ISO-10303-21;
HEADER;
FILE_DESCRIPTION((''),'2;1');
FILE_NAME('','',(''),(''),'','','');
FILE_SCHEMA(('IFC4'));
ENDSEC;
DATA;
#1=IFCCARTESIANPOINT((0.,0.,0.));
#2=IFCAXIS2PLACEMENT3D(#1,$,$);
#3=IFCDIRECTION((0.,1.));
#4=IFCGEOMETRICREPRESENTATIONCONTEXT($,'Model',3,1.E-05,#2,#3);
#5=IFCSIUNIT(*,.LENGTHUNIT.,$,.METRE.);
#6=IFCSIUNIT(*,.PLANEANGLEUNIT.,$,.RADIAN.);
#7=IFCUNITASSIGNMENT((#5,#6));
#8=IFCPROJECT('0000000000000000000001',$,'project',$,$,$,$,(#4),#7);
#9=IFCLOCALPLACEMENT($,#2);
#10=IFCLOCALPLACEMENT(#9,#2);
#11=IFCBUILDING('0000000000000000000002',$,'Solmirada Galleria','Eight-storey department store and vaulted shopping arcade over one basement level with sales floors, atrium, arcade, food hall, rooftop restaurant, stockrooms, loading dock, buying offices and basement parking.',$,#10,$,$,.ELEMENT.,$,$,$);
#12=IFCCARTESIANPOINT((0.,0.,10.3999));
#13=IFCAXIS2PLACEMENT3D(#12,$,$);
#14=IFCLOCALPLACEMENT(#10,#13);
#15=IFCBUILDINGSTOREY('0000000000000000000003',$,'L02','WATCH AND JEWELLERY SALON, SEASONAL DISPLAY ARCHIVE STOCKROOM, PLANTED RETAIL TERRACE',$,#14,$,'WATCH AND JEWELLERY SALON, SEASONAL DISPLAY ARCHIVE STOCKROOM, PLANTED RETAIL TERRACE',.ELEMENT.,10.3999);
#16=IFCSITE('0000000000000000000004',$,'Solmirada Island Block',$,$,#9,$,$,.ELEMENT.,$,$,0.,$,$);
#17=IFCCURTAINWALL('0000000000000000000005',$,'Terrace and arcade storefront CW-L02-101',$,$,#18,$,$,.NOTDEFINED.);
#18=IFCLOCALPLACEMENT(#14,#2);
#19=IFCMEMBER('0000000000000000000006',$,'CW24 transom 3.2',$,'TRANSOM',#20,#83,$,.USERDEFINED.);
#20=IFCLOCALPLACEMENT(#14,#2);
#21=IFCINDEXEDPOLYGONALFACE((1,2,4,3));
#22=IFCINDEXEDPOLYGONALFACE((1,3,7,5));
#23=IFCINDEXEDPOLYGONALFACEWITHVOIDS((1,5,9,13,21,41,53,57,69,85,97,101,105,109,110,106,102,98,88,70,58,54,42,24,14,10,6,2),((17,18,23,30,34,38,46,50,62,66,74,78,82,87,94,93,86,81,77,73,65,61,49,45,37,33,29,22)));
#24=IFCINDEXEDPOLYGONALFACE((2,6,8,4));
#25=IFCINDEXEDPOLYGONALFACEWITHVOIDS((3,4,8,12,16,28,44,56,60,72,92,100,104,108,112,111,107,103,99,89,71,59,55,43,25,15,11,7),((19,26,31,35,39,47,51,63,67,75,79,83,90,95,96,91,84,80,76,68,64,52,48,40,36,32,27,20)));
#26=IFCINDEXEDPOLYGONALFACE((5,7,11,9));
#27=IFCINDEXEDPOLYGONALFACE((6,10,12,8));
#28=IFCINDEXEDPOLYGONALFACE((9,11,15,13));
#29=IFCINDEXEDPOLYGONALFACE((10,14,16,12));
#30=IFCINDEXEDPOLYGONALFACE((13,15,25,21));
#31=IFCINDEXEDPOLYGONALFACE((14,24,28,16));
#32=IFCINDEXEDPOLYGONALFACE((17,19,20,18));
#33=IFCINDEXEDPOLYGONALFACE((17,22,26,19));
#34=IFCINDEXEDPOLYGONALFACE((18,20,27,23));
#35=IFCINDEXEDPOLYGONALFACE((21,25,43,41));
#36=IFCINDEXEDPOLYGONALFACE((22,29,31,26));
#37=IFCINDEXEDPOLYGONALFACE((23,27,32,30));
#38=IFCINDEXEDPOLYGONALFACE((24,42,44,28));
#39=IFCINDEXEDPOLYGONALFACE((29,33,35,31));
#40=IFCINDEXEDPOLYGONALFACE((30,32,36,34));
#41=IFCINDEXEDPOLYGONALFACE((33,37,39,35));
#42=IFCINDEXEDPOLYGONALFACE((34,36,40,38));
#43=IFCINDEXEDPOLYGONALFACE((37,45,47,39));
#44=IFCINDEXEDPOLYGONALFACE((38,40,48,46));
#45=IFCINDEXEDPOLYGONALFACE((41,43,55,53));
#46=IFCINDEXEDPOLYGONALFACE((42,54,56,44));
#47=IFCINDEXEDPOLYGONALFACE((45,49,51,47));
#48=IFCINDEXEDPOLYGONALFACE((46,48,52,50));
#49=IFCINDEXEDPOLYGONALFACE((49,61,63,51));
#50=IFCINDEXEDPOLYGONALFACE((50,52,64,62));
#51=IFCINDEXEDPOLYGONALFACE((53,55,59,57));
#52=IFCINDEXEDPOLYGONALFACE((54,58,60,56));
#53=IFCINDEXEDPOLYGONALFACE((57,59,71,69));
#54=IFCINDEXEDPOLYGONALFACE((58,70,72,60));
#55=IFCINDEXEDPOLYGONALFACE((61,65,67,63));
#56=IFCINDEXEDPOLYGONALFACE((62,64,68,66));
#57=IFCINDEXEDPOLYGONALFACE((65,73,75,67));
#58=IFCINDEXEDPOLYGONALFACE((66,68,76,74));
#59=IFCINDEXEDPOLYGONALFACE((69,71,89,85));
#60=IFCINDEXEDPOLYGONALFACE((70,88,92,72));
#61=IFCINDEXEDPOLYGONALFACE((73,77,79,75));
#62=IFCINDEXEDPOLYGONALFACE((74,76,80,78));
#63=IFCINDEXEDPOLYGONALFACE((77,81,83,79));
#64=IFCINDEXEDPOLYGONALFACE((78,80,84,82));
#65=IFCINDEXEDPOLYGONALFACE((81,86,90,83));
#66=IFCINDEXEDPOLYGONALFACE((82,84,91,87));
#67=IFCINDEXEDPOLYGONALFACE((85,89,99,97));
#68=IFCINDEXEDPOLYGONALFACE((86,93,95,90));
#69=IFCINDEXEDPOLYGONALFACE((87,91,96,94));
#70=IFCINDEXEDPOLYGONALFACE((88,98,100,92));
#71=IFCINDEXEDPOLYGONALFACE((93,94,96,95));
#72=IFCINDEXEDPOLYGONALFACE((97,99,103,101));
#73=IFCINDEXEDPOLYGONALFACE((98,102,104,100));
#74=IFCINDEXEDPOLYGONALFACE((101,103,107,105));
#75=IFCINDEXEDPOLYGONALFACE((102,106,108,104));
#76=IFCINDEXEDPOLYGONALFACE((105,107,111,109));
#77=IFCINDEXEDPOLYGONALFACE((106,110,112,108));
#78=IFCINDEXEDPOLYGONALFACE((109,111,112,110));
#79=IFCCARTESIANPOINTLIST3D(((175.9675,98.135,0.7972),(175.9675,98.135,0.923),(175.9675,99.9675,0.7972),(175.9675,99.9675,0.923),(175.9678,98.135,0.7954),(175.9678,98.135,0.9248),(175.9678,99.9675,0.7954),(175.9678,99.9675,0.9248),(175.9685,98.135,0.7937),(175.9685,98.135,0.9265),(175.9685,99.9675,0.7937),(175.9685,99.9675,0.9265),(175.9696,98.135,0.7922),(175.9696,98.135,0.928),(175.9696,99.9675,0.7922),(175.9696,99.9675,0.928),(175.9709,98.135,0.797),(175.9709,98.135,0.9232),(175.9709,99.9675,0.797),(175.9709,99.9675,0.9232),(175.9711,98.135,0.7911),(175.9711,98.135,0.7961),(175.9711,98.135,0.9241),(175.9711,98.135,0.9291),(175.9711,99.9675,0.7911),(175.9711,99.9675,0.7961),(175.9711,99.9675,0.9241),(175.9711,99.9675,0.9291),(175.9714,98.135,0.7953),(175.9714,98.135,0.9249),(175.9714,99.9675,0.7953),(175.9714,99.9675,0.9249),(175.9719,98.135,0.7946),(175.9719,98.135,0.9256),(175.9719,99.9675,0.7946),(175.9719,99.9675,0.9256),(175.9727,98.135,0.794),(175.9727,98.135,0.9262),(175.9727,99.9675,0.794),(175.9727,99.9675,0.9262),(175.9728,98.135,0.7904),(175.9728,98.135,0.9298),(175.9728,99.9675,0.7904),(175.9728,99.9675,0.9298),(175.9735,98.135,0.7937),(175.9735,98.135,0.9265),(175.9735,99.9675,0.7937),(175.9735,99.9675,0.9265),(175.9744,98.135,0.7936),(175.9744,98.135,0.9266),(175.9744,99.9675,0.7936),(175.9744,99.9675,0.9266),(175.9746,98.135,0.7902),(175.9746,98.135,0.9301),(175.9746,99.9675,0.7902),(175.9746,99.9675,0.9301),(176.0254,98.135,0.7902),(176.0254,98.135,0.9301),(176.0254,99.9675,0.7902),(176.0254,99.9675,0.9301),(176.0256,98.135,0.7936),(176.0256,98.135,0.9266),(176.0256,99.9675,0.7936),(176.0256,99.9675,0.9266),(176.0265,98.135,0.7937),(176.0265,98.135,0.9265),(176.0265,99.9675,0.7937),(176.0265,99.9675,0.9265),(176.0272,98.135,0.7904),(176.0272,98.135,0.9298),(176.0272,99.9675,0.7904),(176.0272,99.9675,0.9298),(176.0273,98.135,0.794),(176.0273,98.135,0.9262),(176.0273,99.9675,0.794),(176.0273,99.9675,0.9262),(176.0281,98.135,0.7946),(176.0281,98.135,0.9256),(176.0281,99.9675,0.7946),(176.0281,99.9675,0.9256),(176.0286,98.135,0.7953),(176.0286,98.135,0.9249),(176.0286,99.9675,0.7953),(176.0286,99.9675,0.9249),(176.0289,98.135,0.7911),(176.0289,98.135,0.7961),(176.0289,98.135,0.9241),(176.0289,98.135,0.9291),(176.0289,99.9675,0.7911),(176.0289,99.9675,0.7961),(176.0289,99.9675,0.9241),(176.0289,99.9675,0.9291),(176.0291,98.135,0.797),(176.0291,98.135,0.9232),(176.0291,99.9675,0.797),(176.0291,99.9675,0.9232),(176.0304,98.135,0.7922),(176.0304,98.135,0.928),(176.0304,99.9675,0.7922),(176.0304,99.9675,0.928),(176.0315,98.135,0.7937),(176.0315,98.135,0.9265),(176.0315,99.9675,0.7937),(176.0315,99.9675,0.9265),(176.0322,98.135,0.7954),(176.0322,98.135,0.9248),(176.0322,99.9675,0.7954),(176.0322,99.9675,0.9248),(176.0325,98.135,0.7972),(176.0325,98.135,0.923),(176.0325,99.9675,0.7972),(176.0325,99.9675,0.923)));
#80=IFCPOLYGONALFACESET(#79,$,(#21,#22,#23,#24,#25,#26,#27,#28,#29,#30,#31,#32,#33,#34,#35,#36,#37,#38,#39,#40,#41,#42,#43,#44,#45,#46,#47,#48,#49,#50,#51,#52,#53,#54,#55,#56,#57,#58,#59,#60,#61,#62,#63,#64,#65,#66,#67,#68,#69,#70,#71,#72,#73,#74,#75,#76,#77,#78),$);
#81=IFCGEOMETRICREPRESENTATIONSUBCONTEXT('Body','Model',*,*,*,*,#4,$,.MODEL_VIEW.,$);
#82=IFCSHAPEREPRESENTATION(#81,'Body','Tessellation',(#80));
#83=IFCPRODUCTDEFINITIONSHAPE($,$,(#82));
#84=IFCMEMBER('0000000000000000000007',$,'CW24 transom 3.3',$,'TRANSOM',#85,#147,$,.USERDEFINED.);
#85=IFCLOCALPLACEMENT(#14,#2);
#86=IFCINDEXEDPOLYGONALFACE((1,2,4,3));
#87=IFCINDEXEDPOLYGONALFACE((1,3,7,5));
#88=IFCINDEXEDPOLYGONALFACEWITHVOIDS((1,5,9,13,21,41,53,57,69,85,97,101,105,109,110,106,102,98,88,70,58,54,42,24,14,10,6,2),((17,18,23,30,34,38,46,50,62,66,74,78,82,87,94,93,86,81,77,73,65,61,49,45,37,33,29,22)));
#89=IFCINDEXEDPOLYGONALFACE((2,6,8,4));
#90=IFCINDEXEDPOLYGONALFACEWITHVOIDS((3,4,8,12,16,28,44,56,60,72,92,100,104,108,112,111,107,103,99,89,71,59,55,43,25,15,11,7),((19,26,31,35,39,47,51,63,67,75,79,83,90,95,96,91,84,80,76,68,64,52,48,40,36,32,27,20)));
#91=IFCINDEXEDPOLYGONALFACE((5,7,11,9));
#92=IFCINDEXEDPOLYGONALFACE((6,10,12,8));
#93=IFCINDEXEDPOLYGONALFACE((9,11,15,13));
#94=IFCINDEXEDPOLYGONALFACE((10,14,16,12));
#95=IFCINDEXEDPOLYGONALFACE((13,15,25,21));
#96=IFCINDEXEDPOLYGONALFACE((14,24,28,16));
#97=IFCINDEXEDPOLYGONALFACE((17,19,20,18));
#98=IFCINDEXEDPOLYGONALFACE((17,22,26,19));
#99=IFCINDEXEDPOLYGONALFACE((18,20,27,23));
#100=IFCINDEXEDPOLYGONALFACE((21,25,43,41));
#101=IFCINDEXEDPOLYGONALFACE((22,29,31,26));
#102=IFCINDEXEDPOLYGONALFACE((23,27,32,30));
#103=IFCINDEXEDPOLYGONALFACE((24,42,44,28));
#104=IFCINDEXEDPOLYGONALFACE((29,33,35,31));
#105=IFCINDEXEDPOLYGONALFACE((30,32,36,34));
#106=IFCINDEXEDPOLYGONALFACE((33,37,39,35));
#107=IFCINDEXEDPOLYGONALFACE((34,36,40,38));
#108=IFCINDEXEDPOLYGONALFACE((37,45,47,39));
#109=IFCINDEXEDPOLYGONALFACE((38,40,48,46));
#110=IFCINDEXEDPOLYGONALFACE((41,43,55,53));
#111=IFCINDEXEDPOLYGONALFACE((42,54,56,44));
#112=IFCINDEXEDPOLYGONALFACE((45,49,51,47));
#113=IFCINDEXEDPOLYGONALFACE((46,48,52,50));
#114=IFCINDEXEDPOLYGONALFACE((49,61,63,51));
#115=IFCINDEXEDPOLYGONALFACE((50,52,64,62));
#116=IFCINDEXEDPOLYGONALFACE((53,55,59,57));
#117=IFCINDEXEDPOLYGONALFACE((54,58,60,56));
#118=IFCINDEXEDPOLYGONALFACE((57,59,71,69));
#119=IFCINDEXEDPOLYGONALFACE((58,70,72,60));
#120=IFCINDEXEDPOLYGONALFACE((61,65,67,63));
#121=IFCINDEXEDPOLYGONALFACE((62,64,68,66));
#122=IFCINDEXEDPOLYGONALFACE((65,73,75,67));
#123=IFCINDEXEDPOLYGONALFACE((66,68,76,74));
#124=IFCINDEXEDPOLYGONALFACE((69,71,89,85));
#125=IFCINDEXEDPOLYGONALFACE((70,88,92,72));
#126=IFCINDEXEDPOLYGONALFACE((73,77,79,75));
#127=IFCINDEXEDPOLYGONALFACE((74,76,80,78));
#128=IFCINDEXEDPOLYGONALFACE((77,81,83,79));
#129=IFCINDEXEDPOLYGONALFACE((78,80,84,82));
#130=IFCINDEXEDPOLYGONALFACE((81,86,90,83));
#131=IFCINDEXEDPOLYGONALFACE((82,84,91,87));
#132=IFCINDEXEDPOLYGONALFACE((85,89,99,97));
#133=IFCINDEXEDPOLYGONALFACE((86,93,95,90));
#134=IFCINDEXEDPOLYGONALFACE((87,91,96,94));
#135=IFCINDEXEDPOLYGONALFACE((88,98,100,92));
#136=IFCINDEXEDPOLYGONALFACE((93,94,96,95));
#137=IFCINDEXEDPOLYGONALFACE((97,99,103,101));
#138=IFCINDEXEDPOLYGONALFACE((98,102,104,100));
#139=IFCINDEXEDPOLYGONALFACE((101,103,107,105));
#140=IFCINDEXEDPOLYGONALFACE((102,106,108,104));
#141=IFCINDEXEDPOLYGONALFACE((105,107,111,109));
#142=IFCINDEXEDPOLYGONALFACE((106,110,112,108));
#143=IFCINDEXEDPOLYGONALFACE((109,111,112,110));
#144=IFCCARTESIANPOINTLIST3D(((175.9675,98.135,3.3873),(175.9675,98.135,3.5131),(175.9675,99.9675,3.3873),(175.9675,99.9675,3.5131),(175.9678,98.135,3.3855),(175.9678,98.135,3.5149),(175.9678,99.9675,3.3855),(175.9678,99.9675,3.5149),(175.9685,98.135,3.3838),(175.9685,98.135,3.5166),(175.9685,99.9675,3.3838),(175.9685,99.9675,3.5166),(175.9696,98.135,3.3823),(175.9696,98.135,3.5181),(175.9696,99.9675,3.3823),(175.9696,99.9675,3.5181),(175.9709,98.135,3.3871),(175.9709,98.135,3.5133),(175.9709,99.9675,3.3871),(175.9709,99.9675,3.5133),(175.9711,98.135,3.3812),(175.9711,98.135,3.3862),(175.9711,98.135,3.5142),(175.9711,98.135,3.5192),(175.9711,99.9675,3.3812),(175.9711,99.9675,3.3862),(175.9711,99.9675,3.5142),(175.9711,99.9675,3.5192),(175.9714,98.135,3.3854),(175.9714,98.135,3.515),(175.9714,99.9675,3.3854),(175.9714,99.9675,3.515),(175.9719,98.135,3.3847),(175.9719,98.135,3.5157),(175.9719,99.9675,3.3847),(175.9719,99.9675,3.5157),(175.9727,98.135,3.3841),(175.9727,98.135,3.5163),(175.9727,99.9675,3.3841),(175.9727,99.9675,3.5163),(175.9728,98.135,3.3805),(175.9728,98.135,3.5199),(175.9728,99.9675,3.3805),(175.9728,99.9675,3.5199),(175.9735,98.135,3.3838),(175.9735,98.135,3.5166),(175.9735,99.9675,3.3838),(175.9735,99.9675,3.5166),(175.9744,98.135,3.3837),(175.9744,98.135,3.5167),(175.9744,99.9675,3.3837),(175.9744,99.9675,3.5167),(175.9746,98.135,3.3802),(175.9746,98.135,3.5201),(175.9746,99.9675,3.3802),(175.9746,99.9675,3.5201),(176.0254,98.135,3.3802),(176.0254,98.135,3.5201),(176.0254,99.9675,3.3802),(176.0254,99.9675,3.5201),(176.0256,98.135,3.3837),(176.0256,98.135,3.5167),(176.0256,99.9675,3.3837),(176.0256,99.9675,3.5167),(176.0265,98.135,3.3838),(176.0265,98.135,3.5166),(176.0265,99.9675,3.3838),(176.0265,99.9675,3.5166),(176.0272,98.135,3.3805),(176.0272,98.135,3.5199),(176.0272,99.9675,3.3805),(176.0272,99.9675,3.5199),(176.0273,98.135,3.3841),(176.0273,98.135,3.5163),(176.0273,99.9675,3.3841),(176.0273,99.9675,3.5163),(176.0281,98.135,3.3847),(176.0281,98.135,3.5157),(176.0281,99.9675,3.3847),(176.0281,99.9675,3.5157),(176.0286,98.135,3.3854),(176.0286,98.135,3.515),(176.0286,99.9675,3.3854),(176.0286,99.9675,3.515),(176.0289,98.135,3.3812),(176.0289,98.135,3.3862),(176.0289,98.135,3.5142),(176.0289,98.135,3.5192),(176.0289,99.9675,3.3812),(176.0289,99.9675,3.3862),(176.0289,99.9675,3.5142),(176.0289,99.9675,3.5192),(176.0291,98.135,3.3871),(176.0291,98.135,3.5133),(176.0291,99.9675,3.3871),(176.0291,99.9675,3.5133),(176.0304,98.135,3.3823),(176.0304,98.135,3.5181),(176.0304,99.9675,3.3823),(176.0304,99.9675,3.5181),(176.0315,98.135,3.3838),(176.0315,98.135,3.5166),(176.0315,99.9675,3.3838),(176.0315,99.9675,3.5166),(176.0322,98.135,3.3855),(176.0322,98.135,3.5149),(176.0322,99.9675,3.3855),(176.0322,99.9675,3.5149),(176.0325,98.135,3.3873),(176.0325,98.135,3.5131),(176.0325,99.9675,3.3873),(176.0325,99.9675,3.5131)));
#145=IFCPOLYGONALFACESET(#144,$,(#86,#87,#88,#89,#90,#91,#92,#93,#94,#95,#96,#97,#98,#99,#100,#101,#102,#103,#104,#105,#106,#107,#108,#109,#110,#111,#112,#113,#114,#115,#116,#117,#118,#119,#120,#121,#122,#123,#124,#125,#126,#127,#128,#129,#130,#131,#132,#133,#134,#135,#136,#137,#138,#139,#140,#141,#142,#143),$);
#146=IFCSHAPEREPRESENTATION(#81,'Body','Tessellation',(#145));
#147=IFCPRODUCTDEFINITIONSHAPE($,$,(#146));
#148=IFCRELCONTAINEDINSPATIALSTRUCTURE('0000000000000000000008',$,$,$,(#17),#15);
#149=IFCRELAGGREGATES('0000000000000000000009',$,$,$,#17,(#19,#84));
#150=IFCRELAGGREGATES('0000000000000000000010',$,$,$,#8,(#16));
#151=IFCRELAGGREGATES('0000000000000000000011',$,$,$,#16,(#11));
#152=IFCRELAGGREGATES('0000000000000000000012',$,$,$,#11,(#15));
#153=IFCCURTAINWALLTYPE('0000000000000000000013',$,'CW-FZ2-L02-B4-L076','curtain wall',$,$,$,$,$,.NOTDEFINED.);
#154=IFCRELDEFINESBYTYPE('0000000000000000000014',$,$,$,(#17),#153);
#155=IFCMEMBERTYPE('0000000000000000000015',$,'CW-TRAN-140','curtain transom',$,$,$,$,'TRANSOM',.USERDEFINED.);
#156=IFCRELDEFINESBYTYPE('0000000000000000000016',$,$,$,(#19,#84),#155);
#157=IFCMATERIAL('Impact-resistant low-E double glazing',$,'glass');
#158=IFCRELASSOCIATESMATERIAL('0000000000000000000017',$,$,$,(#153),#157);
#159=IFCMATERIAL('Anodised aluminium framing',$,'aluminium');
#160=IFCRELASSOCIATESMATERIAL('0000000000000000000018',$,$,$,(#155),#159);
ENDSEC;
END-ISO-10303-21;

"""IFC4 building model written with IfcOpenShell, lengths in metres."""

from ifc_helpers import new_model, si_unit, direction, frame, origin, origin_2d, place, context, subcontext, project, spatial, hollow_rectangle, extrude, material, material_profile, profile_set, type_object, element, aggregate, save


model = new_model("IFC4")

# Units and contexts
model_context = context("Model", 3, precision=1e-05, world=origin(), true_north=direction((0.0, 1.0)))
body_context = subcontext(model_context, "Body", "Model", "MODEL_VIEW")
ifc_project = project(units=[si_unit("LENGTHUNIT", "METRE"), si_unit("PLANEANGLEUNIT", "RADIAN")], contexts=[model_context])

# Site, building, storey
site_placement = place(None, origin())
site = spatial("IfcSite", under=ifc_project, at=site_placement, Name="Solmirada Island Block", CompositionType="ELEMENT", RefElevation=0.0)
building_placement = place(site_placement, origin())
building = spatial("IfcBuilding", under=site, at=building_placement, Name="Solmirada Galleria", Description="Eight-storey department store and vaulted shopping arcade over one basement level with sales floors, atrium, arcade, food hall, rooftop restaurant, stockrooms, loading dock, buying offices and basement parking.", CompositionType="ELEMENT")
storey_placement = place(building_placement, frame((0.0, 0.0, 10.3999)))
storey = spatial("IfcBuildingStorey", under=building, at=storey_placement, Name="L02", Description="WATCH AND JEWELLERY SALON, SEASONAL DISPLAY ARCHIVE STOCKROOM, PLANTED RETAIL TERRACE", LongName="WATCH AND JEWELLERY SALON, SEASONAL DISPLAY ARCHIVE STOCKROOM, PLANTED RETAIL TERRACE", CompositionType="ELEMENT", Elevation=10.3999)

# Curtain wall, members
ifc_material_1 = material(Name="Impact-resistant low-E double glazing", Category="glass")
curtain_wall_type = type_object("IfcCurtainWallType", Name="CW-FZ2-L02-B4-L076", Description="curtain wall", PredefinedType="NOTDEFINED", material=ifc_material_1)
curtain_wall_placement = place(storey_placement, origin())
curtain_wall = element("IfcCurtainWall", 1, at=curtain_wall_placement, inside=storey, type_object=curtain_wall_type, Name="Terrace and arcade storefront CW-L02-101", PredefinedType="NOTDEFINED")
ifc_material_2 = material(Name="Anodised aluminium framing", Category="aluminium")
ifc_material_profile_1 = material_profile(ifc_material_2, hollow_rectangle(XDim=0.0649, YDim=0.1399, WallThickness=0.0034, InnerFilletRadius=0.0034, OuterFilletRadius=0.0071, at=origin_2d()), Name="ALU-TRAN-140X65")
ifc_profile_set_1 = profile_set([ifc_material_profile_1], Name="Anodised aluminium framing")
member_type_1 = type_object("IfcMemberType", Name="CW-TRAN-140", Description="curtain transom", ElementType="TRANSOM", PredefinedType="USERDEFINED", material=ifc_profile_set_1)
member_1_placement = place(storey_placement, frame((176.0, 99.9675, 0.8601), z_axis=(0.0, -1.0, 0.0), x_axis=(1.0, 0.0, 0.0)))
member_1 = element("IfcMember", 2, at=member_1_placement, type_object=member_type_1, Name="CW24 transom 3.2", ObjectType="TRANSOM", PredefinedType="USERDEFINED", context=body_context, shape_type="SweptSolid", body=[
    extrude(hollow_rectangle(XDim=0.0649, YDim=0.1399, WallThickness=0.0034, InnerFilletRadius=0.0034, OuterFilletRadius=0.0071, at=origin_2d()), origin(), (0.0, 0.0, 1.0), 1.8325),
])
member_2_placement = place(storey_placement, frame((176.0, 99.9675, 3.4502), z_axis=(0.0, -1.0, 0.0), x_axis=(1.0, 0.0, 0.0)))
member_2 = element("IfcMember", 3, at=member_2_placement, type_object=member_type_1, Name="CW24 transom 3.3", ObjectType="TRANSOM", PredefinedType="USERDEFINED", context=body_context, shape_type="SweptSolid", body=[
    extrude(hollow_rectangle(XDim=0.0649, YDim=0.1399, WallThickness=0.0034, InnerFilletRadius=0.0034, OuterFilletRadius=0.0071, at=origin_2d()), origin(), (0.0, 0.0, 1.0), 1.8325),
])
aggregate(curtain_wall, [member_1, member_2])

save(model, "model.ifc")
